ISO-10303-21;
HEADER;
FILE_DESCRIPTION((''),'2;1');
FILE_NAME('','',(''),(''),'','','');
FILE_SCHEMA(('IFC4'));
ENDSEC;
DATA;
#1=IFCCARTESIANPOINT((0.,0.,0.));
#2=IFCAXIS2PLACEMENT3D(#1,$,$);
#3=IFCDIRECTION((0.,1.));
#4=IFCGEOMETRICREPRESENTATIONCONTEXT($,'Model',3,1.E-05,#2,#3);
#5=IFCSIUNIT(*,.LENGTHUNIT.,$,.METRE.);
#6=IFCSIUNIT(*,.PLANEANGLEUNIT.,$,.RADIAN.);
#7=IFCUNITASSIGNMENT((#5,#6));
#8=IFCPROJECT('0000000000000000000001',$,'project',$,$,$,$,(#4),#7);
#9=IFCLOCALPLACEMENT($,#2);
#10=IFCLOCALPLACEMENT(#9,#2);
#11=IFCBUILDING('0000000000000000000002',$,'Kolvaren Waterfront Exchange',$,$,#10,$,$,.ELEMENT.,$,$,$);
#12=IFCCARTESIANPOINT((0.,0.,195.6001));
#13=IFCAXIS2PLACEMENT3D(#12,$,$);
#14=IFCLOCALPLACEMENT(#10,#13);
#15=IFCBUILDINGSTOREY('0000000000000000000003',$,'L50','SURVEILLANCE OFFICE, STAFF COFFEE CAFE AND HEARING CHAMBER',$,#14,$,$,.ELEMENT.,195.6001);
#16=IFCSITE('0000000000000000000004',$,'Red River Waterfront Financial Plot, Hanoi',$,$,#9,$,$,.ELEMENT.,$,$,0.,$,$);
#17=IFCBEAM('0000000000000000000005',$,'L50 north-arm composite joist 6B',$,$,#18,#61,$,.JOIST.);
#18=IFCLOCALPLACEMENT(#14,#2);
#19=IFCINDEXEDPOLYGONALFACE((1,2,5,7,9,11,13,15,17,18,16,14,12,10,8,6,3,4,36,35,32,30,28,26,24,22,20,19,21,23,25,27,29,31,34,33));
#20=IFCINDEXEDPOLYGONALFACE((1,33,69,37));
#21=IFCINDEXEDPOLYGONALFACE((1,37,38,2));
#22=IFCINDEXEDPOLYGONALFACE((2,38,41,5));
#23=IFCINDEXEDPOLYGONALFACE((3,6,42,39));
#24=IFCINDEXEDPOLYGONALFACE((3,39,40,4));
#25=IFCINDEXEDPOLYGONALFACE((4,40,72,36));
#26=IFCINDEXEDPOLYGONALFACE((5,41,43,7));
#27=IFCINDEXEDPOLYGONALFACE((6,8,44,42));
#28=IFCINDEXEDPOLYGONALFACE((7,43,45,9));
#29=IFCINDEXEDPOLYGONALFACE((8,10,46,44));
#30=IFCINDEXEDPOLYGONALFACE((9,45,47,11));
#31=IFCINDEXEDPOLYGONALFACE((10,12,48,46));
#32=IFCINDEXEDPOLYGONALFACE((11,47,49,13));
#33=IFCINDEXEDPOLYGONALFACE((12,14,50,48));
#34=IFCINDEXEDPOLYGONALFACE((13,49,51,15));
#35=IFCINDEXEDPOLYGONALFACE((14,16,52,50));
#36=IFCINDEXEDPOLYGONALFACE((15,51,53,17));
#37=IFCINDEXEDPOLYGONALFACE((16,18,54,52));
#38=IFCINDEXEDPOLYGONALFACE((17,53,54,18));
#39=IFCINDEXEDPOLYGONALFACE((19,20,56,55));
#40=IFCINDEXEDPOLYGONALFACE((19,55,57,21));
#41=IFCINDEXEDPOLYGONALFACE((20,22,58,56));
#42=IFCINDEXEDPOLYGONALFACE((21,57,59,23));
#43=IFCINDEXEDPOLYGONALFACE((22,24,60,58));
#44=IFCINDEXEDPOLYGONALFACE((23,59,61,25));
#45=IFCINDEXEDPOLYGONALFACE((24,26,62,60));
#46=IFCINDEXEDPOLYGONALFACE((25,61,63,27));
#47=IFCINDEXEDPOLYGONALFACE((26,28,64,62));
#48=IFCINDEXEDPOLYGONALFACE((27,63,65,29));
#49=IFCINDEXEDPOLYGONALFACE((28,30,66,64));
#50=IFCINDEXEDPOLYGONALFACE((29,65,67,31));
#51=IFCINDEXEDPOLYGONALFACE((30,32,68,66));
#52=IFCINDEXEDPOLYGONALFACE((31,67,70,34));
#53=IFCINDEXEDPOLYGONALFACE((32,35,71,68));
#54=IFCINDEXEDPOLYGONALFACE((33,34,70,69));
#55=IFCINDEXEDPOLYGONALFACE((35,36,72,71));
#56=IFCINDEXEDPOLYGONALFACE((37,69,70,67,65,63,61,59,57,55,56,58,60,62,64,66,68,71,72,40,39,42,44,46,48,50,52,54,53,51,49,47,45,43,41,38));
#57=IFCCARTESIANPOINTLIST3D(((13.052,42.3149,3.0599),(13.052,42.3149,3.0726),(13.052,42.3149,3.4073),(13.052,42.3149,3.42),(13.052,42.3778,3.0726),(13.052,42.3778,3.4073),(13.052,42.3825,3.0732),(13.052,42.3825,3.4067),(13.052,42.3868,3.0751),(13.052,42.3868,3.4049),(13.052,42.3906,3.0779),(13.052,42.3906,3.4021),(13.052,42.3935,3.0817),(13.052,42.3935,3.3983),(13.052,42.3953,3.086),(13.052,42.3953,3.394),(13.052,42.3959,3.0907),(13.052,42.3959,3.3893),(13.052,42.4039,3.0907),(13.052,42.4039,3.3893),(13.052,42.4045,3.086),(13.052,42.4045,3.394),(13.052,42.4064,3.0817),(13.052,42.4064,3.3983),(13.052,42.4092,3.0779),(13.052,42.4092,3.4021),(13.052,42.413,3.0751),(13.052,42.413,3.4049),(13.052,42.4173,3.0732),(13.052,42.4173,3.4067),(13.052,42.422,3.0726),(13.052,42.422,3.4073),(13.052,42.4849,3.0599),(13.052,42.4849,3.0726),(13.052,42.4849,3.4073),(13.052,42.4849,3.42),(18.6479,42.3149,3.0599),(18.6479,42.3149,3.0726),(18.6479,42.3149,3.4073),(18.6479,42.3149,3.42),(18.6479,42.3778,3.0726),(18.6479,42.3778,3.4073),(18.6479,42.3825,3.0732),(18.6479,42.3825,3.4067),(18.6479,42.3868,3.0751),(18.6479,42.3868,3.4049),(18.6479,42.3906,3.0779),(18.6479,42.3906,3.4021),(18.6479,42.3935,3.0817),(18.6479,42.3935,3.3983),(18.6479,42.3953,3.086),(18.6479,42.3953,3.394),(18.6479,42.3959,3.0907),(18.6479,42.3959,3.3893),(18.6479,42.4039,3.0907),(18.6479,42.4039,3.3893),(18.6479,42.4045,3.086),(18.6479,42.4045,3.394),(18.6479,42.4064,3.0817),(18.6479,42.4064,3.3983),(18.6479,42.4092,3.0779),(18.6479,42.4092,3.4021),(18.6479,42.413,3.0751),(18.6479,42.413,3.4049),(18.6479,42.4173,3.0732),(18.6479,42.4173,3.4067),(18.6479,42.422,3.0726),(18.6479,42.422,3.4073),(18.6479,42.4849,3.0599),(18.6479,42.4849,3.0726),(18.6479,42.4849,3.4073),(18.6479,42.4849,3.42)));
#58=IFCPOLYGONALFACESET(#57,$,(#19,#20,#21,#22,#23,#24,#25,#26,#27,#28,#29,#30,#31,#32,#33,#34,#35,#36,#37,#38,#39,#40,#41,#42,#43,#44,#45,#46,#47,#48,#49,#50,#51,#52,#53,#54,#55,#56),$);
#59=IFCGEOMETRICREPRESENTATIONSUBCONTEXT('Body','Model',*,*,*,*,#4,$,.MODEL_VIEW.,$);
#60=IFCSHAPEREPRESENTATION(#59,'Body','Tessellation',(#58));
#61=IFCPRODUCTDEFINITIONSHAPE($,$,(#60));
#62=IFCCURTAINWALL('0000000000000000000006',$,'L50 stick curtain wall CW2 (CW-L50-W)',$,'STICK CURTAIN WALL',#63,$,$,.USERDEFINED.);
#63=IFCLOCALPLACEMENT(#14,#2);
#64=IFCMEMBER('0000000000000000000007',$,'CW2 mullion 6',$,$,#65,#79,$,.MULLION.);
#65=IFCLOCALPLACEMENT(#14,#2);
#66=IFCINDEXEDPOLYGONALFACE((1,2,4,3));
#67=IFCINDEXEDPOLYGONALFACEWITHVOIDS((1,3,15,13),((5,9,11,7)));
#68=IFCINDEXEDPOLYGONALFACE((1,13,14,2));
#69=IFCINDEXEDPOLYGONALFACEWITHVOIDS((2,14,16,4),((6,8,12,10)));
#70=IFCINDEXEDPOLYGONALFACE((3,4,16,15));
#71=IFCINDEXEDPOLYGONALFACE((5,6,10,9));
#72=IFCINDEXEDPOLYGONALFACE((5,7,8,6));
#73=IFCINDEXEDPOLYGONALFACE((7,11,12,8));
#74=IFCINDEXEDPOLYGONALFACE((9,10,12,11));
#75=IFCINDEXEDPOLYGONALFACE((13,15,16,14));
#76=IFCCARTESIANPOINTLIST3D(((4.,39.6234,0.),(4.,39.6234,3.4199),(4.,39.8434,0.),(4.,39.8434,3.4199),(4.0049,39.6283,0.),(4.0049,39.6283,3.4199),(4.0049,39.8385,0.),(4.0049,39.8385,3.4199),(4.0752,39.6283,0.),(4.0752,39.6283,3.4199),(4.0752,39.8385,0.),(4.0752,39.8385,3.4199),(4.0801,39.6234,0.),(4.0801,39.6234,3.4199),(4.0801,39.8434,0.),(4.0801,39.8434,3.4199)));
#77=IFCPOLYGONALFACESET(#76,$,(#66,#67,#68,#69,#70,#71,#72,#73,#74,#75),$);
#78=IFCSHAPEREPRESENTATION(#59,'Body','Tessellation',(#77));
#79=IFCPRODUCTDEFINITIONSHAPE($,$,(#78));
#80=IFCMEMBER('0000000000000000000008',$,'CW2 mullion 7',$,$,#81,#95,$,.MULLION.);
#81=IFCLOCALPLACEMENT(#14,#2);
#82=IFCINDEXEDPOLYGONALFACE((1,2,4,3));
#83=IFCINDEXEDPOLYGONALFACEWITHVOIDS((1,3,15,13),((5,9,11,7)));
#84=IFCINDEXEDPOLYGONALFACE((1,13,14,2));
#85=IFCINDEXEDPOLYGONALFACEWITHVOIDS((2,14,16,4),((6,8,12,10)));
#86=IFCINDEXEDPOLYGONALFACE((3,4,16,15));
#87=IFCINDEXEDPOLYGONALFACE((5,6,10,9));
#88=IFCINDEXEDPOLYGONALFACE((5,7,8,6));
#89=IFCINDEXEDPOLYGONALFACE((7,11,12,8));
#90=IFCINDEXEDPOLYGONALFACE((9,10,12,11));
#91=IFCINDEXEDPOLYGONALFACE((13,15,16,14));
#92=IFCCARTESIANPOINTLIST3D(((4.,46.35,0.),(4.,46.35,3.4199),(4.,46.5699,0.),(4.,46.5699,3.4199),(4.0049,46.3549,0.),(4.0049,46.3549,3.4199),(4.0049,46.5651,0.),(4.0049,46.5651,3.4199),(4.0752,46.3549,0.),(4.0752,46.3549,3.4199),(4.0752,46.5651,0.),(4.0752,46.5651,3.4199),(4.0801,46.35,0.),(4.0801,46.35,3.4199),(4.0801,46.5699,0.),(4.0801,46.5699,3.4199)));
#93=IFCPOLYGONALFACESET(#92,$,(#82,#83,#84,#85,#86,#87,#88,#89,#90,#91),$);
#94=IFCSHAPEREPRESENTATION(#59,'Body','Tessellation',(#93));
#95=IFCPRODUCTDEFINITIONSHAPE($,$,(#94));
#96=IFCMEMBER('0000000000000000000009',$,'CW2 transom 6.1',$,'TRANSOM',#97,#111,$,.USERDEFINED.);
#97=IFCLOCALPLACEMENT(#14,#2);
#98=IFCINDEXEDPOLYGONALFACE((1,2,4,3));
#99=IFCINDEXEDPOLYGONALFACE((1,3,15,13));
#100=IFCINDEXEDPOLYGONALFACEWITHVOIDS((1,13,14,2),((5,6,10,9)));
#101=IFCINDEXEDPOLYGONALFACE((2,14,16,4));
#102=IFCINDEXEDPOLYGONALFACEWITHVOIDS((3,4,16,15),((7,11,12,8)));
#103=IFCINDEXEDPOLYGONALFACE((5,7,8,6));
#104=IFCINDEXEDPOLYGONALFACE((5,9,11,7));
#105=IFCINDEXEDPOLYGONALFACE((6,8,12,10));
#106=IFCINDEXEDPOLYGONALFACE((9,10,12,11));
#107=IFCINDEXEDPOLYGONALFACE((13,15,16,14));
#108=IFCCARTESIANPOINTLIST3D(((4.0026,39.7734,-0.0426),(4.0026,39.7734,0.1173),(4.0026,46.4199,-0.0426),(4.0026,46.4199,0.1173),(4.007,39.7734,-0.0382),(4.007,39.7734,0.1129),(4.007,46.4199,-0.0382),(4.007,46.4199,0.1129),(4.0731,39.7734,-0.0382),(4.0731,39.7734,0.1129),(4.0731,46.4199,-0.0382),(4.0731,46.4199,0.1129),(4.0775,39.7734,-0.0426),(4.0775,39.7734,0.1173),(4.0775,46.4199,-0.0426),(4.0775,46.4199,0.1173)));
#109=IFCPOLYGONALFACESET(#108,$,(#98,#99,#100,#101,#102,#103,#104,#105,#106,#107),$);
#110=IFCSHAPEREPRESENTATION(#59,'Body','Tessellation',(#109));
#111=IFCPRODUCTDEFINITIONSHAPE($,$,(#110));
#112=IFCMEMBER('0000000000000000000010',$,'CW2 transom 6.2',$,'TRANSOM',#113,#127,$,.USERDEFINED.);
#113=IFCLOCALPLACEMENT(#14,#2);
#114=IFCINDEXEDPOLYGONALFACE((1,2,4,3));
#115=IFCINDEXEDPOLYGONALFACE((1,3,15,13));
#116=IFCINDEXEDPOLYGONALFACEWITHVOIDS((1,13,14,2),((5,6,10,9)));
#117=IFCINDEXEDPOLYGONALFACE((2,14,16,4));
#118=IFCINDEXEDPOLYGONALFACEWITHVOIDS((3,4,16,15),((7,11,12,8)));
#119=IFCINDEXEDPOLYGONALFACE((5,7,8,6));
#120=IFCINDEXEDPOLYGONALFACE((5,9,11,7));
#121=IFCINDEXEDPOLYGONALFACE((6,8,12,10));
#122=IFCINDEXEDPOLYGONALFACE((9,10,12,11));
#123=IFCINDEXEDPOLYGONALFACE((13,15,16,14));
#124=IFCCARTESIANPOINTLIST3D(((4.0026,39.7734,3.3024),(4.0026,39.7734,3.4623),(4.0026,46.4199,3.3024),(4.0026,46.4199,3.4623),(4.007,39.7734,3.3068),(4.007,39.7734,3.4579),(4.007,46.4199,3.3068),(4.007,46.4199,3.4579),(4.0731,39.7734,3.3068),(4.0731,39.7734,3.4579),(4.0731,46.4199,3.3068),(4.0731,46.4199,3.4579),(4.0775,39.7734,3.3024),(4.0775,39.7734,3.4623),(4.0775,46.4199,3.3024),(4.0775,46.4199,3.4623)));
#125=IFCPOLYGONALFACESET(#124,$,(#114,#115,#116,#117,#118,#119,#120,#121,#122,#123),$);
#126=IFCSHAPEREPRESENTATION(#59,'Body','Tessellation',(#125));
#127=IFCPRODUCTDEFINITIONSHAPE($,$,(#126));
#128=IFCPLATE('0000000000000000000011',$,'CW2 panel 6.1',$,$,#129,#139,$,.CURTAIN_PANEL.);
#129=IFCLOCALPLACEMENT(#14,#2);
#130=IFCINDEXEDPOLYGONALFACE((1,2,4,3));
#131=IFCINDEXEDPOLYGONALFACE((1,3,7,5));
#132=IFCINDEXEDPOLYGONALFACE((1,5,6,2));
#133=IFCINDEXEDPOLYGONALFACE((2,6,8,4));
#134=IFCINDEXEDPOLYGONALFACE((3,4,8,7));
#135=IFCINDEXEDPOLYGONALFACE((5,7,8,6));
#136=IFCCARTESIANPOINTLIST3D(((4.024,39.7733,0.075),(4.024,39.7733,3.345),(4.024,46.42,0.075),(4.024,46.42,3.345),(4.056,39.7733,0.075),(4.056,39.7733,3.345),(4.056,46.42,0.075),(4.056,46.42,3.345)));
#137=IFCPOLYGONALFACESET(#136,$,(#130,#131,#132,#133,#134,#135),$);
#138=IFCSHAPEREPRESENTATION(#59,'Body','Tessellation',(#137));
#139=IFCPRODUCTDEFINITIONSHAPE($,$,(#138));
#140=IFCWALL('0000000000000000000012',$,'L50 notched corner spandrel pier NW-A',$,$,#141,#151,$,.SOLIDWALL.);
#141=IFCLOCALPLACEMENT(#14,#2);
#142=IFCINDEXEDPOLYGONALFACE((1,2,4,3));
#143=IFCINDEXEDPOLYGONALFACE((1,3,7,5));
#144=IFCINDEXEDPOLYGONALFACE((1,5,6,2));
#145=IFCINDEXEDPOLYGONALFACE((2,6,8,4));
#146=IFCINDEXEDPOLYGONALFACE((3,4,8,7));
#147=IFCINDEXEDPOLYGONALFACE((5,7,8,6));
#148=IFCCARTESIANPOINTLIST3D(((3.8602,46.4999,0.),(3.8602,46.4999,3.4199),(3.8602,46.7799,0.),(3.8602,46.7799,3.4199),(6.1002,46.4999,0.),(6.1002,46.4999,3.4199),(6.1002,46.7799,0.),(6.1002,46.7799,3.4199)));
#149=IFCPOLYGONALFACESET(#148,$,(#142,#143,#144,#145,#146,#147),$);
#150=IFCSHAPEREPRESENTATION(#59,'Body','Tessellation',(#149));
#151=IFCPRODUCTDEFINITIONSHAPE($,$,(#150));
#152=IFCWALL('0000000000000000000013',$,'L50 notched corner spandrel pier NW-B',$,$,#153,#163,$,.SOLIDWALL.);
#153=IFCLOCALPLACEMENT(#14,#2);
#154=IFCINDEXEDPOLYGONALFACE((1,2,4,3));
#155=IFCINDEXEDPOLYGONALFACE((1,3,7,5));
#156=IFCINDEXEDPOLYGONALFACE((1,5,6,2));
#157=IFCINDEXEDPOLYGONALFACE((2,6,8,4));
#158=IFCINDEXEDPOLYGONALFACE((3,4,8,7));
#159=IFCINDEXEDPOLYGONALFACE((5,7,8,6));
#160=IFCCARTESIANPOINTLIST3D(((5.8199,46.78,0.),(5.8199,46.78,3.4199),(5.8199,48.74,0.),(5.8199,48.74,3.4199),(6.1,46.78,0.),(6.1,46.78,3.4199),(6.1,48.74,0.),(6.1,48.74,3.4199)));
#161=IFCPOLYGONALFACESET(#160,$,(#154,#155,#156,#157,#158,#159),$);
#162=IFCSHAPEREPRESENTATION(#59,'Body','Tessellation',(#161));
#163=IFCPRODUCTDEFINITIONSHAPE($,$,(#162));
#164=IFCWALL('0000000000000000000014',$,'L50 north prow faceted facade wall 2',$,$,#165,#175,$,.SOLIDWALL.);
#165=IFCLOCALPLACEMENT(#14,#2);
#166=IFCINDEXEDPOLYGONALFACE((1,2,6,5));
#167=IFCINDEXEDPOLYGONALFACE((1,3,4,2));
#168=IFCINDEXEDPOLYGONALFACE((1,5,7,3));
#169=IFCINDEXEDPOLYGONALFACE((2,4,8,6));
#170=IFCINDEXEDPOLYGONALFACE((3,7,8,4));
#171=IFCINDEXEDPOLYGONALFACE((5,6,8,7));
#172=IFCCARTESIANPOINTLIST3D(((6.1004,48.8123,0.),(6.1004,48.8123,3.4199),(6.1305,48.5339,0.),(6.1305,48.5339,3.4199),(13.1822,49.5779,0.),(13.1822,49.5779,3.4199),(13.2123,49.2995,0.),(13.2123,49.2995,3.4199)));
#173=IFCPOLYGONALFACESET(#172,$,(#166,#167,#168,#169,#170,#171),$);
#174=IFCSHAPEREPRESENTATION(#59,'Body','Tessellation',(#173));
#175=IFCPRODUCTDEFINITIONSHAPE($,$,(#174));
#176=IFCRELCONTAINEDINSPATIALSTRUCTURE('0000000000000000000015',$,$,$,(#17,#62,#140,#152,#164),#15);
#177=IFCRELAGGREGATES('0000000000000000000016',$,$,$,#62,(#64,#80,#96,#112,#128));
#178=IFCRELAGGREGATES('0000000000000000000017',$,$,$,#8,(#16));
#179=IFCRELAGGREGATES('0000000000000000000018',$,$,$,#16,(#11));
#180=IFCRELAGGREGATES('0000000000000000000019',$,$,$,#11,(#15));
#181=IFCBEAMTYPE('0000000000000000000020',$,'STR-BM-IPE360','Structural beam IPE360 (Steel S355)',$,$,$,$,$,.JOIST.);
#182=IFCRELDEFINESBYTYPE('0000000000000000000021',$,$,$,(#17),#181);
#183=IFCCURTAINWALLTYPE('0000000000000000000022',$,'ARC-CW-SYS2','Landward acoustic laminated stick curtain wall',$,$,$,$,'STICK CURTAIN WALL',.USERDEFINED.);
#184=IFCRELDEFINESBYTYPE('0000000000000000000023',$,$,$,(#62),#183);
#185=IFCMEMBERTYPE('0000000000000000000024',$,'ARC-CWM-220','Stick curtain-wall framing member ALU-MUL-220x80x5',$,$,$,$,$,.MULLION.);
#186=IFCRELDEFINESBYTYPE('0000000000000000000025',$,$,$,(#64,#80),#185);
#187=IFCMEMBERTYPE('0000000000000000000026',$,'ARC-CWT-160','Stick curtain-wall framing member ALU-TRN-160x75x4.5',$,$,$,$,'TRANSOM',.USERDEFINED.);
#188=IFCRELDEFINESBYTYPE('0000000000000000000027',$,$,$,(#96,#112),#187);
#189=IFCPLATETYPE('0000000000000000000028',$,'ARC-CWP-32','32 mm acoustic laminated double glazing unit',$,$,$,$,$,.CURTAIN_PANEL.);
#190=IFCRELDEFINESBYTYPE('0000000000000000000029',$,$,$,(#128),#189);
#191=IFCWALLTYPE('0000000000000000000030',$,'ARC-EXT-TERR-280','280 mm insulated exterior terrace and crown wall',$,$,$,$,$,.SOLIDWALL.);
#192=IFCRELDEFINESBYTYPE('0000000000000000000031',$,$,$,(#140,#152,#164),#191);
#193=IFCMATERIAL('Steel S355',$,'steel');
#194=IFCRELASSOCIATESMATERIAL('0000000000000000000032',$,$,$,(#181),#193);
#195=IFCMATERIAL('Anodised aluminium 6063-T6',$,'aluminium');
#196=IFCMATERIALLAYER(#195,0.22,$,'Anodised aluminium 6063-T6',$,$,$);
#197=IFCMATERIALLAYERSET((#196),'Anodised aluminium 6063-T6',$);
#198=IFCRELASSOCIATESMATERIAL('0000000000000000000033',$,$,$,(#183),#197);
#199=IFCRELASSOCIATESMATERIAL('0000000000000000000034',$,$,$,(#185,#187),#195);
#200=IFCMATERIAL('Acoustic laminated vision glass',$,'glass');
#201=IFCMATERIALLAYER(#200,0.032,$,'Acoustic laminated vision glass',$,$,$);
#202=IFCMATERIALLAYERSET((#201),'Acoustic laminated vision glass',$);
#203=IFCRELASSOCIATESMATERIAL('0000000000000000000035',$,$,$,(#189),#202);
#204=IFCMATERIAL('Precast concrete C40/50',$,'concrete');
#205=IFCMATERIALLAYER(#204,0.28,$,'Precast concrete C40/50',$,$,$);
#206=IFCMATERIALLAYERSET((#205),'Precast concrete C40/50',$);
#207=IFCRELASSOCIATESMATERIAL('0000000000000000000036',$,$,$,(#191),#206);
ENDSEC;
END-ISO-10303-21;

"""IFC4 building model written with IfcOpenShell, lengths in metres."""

from ifc_helpers import new_model, si_unit, direction, frame, frame_2d, origin, origin_with_axes, origin_2d, place, context, subcontext, project, spatial, rectangle, hollow_rectangle, i_section, extrude, source, transform, mapped, material, layer, layer_set, material_profile, profile_set, type_object, element, aggregate, save


model = new_model("IFC4")

# Units and contexts
model_context = context("Model", 3, precision=1e-05, world=origin(), true_north=direction((0.0, 1.0)))
body_context = subcontext(model_context, "Body", "Model", "MODEL_VIEW")
ifc_project = project(units=[si_unit("LENGTHUNIT", "METRE"), si_unit("PLANEANGLEUNIT", "RADIAN")], contexts=[model_context])

# Site, building, storey
site_placement = place(None, origin())
site = spatial("IfcSite", under=ifc_project, at=site_placement, Name="Red River Waterfront Financial Plot, Hanoi", CompositionType="ELEMENT", RefElevation=0.0)
building_placement = place(site_placement, origin())
building = spatial("IfcBuilding", under=site, at=building_placement, Name="Kolvaren Waterfront Exchange", CompositionType="ELEMENT")
storey_placement = place(building_placement, frame((0.0, 0.0, 195.6001)))
storey = spatial("IfcBuildingStorey", under=building, at=storey_placement, Name="L50", Description="SURVEILLANCE OFFICE, STAFF COFFEE CAFE AND HEARING CHAMBER", CompositionType="ELEMENT", Elevation=195.6001)

# Beam
ifc_material_1 = material(Name="Steel S355", Category="steel")
ifc_material_profile_1 = material_profile(ifc_material_1, i_section(OverallWidth=0.1699, OverallDepth=0.3601, WebThickness=0.0081, FlangeThickness=0.0127, FilletRadius=0.0181, at=origin_2d()), Name="IPE360")
ifc_profile_set_1 = profile_set([ifc_material_profile_1], Name="Steel S355")
beam_type_1 = type_object("IfcBeamType", Name="STR-BM-IPE360", Description="Structural beam IPE360 (Steel S355)", PredefinedType="JOIST", material=ifc_profile_set_1)
beam_1_placement = place(storey_placement, frame((13.052, 42.3999, 3.24), z_axis=(1.0, 0.0, 0.0), x_axis=(0.0, 1.0, 0.0)))
element("IfcBeam", 1, at=beam_1_placement, inside=storey, type_object=beam_type_1, Name="L50 north-arm composite joist 6B", PredefinedType="JOIST", context=body_context, shape_type="SweptSolid", body=[
    extrude(i_section(OverallWidth=0.1699, OverallDepth=0.3601, WebThickness=0.0081, FlangeThickness=0.0127, FilletRadius=0.0181, at=origin_2d()), origin(), (0.0, 0.0, 1.0), 5.5959),
])

# Curtain wall, members, plate
ifc_material_2 = material(Name="Anodised aluminium 6063-T6", Category="aluminium")
ifc_layer_1 = layer(ifc_material_2, 0.22, Name="Anodised aluminium 6063-T6")
ifc_layer_set_1 = layer_set([ifc_layer_1], Name="Anodised aluminium 6063-T6")
curtain_wall_type = type_object("IfcCurtainWallType", Name="ARC-CW-SYS2", Description="Landward acoustic laminated stick curtain wall", ElementType="STICK CURTAIN WALL", PredefinedType="USERDEFINED", material=ifc_layer_set_1)
curtain_wall_placement = place(storey_placement, origin())
curtain_wall = element("IfcCurtainWall", 2, at=curtain_wall_placement, inside=storey, type_object=curtain_wall_type, Name="L50 stick curtain wall CW2 (CW-L50-W)", ObjectType="STICK CURTAIN WALL", PredefinedType="USERDEFINED")
ifc_material_profile_2 = material_profile(ifc_material_2, hollow_rectangle(XDim=0.0801, YDim=0.22, WallThickness=0.0049, at=origin_2d()), Name="ALU-MUL-220x80x5")
ifc_profile_set_2 = profile_set([ifc_material_profile_2], Name="Anodised aluminium 6063-T6")
member_type_1 = type_object("IfcMemberType", Name="ARC-CWM-220", Description="Stick curtain-wall framing member ALU-MUL-220x80x5", PredefinedType="MULLION", material=ifc_profile_set_2)
shared_shape_1 = source(origin_with_axes(), body_context, "Body", "SweptSolid", [
    extrude(hollow_rectangle(XDim=0.0801, YDim=0.22, WallThickness=0.0049, at=origin_2d()), origin(), (0.0, 0.0, 1.0), 3.4199),
])
member_1_placement = place(storey_placement, frame((4.04, 39.7334, 0.0), z_axis=(0.0, 0.0, 1.0), x_axis=(-1.0, 0.0, 0.0)))
member_1 = element("IfcMember", 3, at=member_1_placement, type_object=member_type_1, Name="CW2 mullion 6", PredefinedType="MULLION", context=body_context, shape_type="MappedRepresentation", body=[
    mapped(shared_shape_1, transform((0.0, 0.0, 0.0), x_axis=(1.0, 0.0, 0.0), y_axis=(0.0, 1.0, 0.0), z_axis=(0.0, 0.0, 1.0), scale=1.0)),
])
member_2_placement = place(storey_placement, frame((4.04, 46.46, 0.0), z_axis=(0.0, 0.0, 1.0), x_axis=(-1.0, 0.0, 0.0)))
member_2 = element("IfcMember", 4, at=member_2_placement, type_object=member_type_1, Name="CW2 mullion 7", PredefinedType="MULLION", context=body_context, shape_type="MappedRepresentation", body=[
    mapped(shared_shape_1, transform((0.0, 0.0, 0.0), x_axis=(1.0, 0.0, 0.0), y_axis=(0.0, 1.0, 0.0), z_axis=(0.0, 0.0, 1.0), scale=1.0)),
])
ifc_material_profile_3 = material_profile(ifc_material_2, hollow_rectangle(XDim=0.075, YDim=0.1599, WallThickness=0.0044, at=origin_2d()), Name="ALU-TRN-160x75x4.5")
ifc_profile_set_3 = profile_set([ifc_material_profile_3], Name="Anodised aluminium 6063-T6")
member_type_2 = type_object("IfcMemberType", Name="ARC-CWT-160", Description="Stick curtain-wall framing member ALU-TRN-160x75x4.5", ElementType="TRANSOM", PredefinedType="USERDEFINED", material=ifc_profile_set_3)
shared_shape_2 = source(origin_with_axes(), body_context, "Body", "SweptSolid", [
    extrude(hollow_rectangle(XDim=0.075, YDim=0.1599, WallThickness=0.0044, at=origin_2d()), origin(), (0.0, 0.0, 1.0), 6.6465),
])
member_3_placement = place(storey_placement, frame((4.04, 39.7734, 0.0374), z_axis=(0.0, 1.0, 0.0), x_axis=(-1.0, 0.0, 0.0)))
member_3 = element("IfcMember", 5, at=member_3_placement, type_object=member_type_2, Name="CW2 transom 6.1", ObjectType="TRANSOM", PredefinedType="USERDEFINED", context=body_context, shape_type="MappedRepresentation", body=[
    mapped(shared_shape_2, transform((0.0, 0.0, 0.0), x_axis=(1.0, 0.0, 0.0), y_axis=(0.0, 1.0, 0.0), z_axis=(0.0, 0.0, 1.0), scale=1.0)),
])
member_4_placement = place(storey_placement, frame((4.04, 39.7734, 3.3823), z_axis=(0.0, 1.0, 0.0), x_axis=(-1.0, 0.0, 0.0)))
member_4 = element("IfcMember", 6, at=member_4_placement, type_object=member_type_2, Name="CW2 transom 6.2", ObjectType="TRANSOM", PredefinedType="USERDEFINED", context=body_context, shape_type="MappedRepresentation", body=[
    mapped(shared_shape_2, transform((0.0, 0.0, 0.0), x_axis=(1.0, 0.0, 0.0), y_axis=(0.0, 1.0, 0.0), z_axis=(0.0, 0.0, 1.0), scale=1.0)),
])
ifc_material_3 = material(Name="Acoustic laminated vision glass", Category="glass")
ifc_layer_2 = layer(ifc_material_3, 0.032, Name="Acoustic laminated vision glass")
ifc_layer_set_2 = layer_set([ifc_layer_2], Name="Acoustic laminated vision glass")
plate_type = type_object("IfcPlateType", Name="ARC-CWP-32", Description="32 mm acoustic laminated double glazing unit", PredefinedType="CURTAIN_PANEL", material=ifc_layer_set_2)
shared_shape_3 = source(origin_with_axes(), body_context, "Body", "SweptSolid", [
    extrude(rectangle(XDim=6.6467, YDim=0.032, at=origin_2d()), origin(), (0.0, 0.0, 1.0), 3.27),
])
plate_placement = place(storey_placement, frame((4.04, 43.0967, 0.075), z_axis=(0.0, 0.0, 1.0), x_axis=(0.0, 1.0, 0.0)))
plate = element("IfcPlate", 7, at=plate_placement, type_object=plate_type, Name="CW2 panel 6.1", PredefinedType="CURTAIN_PANEL", context=body_context, shape_type="MappedRepresentation", body=[
    mapped(shared_shape_3, transform((0.0, 0.0, 0.0), x_axis=(1.0, 0.0, 0.0), y_axis=(0.0, 1.0, 0.0), z_axis=(0.0, 0.0, 1.0), scale=1.0)),
])
aggregate(curtain_wall, [member_1, member_2, member_3, member_4, plate])

# Walls
ifc_material_4 = material(Name="Precast concrete C40/50", Category="concrete")
ifc_layer_3 = layer(ifc_material_4, 0.28, Name="Precast concrete C40/50")
ifc_layer_set_3 = layer_set([ifc_layer_3], Name="Precast concrete C40/50")
wall_type_1 = type_object("IfcWallType", Name="ARC-EXT-TERR-280", Description="280 mm insulated exterior terrace and crown wall", PredefinedType="SOLIDWALL", material=ifc_layer_set_3)
wall_1_placement = place(storey_placement, frame((3.8601, 46.6399, 0.0), z_axis=(0.0, 0.0, 1.0), x_axis=(1.0, 0.0, 0.0)))
element("IfcWall", 8, at=wall_1_placement, inside=storey, type_object=wall_type_1, Name="L50 notched corner spandrel pier NW-A", PredefinedType="SOLIDWALL", context=body_context, shape_type="SweptSolid", body=[
    extrude(rectangle(XDim=2.24, YDim=0.28, at=frame_2d((1.1201, 0.0))), origin(), (0.0, 0.0, 1.0), 3.4199),
])
wall_2_placement = place(storey_placement, frame((5.96, 46.78, 0.0), z_axis=(0.0, 0.0, 1.0), x_axis=(0.0, 1.0, 0.0)))
element("IfcWall", 9, at=wall_2_placement, inside=storey, type_object=wall_type_1, Name="L50 notched corner spandrel pier NW-B", PredefinedType="SOLIDWALL", context=body_context, shape_type="SweptSolid", body=[
    extrude(rectangle(XDim=1.96, YDim=0.28, at=frame_2d((0.98, 0.0))), origin(), (0.0, 0.0, 1.0), 3.4199),
])
wall_3_placement = place(storey_placement, frame((13.1973, 49.4387, 0.0), z_axis=(0.0, 0.0, 1.0), x_axis=(-0.994207, -0.107486, 0.0)))
element("IfcWall", 10, at=wall_3_placement, inside=storey, type_object=wall_type_1, Name="L50 north prow faceted facade wall 2", PredefinedType="SOLIDWALL", context=body_context, shape_type="SweptSolid", body=[
    extrude(rectangle(XDim=7.123, YDim=0.28, at=frame_2d((3.5615, 0.0))), origin(), (0.0, 0.0, 1.0), 3.4199),
])

save(model, "model.ifc")
